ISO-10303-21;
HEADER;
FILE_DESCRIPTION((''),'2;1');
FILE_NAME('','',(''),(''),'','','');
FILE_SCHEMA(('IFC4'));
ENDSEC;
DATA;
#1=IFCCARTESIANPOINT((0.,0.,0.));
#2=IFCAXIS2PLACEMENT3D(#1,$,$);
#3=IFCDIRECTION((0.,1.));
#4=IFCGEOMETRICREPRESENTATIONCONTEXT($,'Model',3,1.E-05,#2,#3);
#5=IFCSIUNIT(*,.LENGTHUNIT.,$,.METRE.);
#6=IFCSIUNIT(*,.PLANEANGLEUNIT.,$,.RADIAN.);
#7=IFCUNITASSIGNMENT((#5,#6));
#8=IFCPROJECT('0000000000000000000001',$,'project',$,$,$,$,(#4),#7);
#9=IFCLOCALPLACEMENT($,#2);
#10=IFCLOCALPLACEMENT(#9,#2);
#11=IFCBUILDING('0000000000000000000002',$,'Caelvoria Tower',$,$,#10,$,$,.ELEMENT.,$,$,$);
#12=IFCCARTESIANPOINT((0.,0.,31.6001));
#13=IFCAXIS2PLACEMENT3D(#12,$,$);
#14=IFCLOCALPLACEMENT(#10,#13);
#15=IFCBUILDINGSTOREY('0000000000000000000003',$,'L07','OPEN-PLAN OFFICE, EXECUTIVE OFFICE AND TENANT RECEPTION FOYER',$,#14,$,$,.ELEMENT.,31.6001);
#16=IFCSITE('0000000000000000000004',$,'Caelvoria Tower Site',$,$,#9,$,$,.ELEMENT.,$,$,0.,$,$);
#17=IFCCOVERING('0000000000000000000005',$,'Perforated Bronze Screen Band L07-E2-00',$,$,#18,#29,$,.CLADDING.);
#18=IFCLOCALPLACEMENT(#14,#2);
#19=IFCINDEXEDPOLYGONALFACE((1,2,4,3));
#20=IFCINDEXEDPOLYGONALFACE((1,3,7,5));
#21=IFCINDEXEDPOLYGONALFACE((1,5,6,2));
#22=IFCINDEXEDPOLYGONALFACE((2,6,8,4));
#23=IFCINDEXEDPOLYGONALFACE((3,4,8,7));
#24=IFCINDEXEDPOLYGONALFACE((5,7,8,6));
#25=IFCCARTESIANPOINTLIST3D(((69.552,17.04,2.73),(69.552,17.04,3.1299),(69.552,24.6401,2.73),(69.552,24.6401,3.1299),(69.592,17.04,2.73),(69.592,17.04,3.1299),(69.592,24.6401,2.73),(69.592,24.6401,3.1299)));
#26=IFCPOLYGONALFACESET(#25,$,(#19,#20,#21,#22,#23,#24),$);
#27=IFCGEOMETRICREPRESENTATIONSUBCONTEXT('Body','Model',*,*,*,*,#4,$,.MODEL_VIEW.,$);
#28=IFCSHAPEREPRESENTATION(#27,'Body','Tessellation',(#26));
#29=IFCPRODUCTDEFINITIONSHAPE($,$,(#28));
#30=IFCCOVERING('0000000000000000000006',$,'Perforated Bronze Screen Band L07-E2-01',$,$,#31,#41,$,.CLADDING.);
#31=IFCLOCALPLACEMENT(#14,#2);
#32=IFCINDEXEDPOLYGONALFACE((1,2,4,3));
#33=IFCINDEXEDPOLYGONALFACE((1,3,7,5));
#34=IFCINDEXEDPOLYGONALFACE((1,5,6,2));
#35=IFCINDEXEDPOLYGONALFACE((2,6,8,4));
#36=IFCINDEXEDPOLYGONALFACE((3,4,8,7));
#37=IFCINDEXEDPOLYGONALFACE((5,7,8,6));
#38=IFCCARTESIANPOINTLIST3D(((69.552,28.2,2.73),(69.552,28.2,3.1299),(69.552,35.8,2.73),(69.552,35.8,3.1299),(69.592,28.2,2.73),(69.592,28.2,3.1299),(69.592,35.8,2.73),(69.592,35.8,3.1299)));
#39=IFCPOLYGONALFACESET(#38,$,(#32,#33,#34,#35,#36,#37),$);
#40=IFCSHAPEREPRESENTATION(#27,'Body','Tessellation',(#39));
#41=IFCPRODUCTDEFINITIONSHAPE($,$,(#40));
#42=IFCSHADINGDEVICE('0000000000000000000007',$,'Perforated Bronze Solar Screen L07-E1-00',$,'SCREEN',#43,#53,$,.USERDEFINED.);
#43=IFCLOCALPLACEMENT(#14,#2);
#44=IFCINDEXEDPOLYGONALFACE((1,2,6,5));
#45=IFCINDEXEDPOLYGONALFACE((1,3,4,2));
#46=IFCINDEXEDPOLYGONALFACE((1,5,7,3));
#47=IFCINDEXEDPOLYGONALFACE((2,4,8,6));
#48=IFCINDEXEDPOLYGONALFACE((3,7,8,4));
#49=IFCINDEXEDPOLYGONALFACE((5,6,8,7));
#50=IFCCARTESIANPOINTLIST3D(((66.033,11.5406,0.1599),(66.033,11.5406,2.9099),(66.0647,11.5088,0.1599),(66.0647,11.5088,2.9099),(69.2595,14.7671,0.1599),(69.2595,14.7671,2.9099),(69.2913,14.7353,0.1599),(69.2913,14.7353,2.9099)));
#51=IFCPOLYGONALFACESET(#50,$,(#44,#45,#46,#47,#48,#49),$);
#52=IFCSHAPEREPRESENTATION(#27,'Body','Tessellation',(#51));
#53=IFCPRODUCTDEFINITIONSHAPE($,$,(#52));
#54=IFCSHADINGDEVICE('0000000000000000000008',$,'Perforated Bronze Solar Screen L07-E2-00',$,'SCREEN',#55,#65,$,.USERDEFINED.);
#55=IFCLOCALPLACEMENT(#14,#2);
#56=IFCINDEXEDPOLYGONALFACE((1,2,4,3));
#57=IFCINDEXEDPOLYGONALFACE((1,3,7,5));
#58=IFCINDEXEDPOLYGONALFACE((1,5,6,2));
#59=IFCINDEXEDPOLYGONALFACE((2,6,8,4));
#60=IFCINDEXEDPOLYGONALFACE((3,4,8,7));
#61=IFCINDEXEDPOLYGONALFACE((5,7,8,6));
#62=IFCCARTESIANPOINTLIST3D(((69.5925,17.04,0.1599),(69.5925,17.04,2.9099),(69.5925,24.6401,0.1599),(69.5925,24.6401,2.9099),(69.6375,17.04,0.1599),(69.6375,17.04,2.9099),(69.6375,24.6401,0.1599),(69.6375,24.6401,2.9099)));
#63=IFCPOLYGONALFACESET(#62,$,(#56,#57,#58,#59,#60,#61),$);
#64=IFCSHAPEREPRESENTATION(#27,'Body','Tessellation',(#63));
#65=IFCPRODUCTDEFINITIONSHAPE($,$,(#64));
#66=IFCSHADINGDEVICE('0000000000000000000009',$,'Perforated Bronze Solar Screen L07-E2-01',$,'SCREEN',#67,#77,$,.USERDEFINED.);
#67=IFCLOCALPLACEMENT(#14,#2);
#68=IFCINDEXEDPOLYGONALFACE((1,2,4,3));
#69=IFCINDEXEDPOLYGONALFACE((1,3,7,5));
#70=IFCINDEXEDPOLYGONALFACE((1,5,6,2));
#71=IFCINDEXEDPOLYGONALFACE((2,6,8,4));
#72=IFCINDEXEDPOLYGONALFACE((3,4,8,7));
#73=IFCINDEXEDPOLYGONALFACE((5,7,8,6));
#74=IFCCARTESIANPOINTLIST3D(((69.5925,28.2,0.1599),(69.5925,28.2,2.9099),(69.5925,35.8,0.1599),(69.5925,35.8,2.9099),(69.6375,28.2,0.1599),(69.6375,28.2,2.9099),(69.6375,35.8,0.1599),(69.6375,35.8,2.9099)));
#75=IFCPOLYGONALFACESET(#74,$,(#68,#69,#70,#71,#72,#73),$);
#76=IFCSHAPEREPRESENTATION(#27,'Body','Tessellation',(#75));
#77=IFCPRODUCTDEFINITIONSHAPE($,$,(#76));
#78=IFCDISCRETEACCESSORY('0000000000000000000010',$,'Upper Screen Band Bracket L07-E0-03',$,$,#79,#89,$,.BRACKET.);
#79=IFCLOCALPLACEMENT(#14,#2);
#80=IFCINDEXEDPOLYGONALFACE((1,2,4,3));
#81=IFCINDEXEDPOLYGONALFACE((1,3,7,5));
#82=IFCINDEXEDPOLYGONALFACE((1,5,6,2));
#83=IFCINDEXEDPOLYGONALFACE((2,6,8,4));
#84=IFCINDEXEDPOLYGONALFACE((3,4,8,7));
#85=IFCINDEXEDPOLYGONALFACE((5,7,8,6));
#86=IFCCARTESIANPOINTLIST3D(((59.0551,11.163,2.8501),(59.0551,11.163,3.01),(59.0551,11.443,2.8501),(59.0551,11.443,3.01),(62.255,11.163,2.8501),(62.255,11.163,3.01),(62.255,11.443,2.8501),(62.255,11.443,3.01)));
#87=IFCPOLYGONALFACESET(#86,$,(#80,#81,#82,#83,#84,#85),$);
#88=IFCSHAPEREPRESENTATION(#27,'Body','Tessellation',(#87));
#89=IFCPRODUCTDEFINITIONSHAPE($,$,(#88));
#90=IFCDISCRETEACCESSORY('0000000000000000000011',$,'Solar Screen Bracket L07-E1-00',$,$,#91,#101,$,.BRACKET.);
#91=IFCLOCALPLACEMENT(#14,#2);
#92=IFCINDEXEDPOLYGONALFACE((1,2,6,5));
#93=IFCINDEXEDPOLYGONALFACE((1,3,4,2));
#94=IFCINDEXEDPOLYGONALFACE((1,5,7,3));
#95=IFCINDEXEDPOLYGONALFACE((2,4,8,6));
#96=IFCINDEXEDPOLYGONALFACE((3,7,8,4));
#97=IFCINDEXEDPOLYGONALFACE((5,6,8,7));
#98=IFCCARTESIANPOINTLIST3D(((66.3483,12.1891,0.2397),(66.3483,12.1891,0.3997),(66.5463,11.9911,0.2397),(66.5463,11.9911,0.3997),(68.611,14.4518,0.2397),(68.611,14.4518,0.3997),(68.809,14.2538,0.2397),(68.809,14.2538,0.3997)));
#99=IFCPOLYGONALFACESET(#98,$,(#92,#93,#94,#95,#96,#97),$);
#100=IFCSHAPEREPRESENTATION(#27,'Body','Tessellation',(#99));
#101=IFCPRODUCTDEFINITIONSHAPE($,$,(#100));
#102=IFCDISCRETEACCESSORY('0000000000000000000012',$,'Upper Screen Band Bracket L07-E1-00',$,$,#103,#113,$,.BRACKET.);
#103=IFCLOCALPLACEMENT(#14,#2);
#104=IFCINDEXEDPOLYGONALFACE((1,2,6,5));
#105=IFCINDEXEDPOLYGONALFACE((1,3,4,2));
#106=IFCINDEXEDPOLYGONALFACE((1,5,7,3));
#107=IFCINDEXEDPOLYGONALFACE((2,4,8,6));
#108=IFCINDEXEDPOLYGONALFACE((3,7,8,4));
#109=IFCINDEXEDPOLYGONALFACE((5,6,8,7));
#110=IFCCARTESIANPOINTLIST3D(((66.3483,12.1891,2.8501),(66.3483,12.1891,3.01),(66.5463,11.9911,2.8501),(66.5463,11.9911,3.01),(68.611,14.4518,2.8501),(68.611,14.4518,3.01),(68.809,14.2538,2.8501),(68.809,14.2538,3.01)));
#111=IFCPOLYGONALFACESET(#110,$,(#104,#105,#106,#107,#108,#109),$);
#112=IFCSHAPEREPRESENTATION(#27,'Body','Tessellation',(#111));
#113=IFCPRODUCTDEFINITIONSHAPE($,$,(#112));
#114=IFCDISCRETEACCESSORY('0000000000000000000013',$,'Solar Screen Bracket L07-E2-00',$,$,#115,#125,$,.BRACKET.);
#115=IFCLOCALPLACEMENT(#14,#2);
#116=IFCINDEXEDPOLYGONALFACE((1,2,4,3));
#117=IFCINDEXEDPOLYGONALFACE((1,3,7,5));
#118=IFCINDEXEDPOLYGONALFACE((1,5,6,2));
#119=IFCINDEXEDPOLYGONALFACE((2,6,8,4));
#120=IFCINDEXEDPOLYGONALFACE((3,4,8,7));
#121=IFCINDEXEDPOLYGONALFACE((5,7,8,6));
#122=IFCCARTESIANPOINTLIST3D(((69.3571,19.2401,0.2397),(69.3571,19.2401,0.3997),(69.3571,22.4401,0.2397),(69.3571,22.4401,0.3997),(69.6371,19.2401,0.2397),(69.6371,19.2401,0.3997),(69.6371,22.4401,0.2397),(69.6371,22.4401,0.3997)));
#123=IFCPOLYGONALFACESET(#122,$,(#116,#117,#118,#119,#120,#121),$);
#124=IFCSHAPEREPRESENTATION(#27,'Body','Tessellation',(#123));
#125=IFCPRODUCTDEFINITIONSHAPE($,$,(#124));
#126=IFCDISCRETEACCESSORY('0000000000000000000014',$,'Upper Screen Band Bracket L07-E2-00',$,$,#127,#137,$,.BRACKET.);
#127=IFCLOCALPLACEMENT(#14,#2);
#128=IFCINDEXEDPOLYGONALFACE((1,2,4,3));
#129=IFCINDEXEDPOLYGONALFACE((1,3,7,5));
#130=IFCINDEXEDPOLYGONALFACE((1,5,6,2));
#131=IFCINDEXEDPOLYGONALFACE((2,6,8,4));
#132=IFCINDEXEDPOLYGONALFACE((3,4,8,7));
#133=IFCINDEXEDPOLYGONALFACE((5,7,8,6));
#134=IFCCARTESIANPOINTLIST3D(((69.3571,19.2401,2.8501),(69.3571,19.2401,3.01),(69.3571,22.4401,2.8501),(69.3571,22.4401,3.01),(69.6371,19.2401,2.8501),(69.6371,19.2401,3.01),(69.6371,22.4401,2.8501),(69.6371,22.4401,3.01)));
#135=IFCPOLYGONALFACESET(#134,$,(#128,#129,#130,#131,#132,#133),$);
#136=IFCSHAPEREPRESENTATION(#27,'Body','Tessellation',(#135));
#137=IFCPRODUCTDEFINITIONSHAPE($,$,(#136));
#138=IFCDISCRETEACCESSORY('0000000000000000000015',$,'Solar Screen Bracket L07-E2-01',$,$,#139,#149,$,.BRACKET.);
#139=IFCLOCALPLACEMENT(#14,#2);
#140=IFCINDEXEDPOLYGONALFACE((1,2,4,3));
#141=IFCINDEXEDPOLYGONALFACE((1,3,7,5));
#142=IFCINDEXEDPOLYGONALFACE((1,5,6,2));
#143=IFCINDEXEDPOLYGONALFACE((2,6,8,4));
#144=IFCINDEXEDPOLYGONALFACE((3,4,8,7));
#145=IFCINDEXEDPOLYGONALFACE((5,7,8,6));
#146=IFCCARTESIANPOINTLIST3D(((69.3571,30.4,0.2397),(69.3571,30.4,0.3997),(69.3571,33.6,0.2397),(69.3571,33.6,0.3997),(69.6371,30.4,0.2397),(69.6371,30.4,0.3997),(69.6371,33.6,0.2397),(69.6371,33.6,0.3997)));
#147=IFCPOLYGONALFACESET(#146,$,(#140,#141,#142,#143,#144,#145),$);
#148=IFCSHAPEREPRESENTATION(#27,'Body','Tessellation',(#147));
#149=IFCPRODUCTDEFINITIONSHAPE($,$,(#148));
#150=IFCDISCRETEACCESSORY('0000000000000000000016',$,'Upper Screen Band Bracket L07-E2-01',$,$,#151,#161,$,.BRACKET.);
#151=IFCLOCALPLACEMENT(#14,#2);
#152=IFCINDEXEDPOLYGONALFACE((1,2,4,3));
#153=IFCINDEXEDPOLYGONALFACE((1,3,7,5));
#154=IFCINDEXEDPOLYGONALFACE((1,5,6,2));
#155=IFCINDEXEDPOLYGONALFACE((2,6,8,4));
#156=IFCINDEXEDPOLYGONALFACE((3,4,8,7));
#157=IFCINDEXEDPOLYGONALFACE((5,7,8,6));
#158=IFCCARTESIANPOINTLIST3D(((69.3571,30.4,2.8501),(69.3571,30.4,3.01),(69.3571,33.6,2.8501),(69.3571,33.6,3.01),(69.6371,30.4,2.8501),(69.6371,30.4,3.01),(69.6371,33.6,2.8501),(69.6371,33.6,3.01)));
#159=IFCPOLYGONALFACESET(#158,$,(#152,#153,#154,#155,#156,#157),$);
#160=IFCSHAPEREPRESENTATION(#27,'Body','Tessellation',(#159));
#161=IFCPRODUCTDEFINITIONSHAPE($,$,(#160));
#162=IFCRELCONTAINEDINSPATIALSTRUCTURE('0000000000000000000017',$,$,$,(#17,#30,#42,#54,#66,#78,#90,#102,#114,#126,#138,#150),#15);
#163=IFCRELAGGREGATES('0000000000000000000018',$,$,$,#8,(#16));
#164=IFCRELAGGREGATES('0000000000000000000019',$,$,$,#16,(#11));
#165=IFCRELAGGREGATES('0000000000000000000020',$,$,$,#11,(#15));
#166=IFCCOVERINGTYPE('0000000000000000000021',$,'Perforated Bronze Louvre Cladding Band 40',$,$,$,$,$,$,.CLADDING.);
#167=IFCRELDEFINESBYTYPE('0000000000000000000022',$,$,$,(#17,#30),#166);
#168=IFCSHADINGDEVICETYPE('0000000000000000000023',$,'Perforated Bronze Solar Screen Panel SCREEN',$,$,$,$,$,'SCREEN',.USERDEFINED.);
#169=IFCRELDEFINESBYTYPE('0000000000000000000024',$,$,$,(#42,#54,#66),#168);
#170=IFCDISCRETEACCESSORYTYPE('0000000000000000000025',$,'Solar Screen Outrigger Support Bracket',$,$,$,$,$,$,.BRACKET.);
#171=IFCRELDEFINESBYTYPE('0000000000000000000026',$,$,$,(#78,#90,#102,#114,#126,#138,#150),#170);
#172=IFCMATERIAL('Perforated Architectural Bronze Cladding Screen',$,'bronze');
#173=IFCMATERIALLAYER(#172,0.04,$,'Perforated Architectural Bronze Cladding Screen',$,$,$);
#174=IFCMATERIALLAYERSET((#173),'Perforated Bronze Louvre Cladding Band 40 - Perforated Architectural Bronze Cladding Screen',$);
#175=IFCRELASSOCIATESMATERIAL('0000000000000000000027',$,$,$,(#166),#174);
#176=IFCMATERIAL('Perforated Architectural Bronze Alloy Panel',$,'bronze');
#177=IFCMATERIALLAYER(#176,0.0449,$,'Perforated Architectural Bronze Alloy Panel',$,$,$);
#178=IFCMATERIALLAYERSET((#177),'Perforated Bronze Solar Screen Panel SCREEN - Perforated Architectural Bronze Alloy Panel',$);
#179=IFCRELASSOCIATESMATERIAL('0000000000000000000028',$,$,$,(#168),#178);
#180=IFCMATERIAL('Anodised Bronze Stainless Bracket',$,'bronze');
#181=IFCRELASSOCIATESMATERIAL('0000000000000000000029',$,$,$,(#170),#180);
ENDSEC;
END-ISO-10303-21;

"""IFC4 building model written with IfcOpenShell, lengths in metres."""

from ifc_helpers import new_model, si_unit, direction, frame, origin, origin_2d, place, context, subcontext, project, spatial, rectangle, extrude, material, layer, layer_set, type_object, element, save


model = new_model("IFC4")

# Units and contexts
model_context = context("Model", 3, precision=1e-05, world=origin(), true_north=direction((0.0, 1.0)))
body_context = subcontext(model_context, "Body", "Model", "MODEL_VIEW")
ifc_project = project(units=[si_unit("LENGTHUNIT", "METRE"), si_unit("PLANEANGLEUNIT", "RADIAN")], contexts=[model_context])

# Site, building, storey
site_placement = place(None, origin())
site = spatial("IfcSite", under=ifc_project, at=site_placement, Name="Caelvoria Tower Site", CompositionType="ELEMENT", RefElevation=0.0)
building_placement = place(site_placement, origin())
building = spatial("IfcBuilding", under=site, at=building_placement, Name="Caelvoria Tower", CompositionType="ELEMENT")
storey_placement = place(building_placement, frame((0.0, 0.0, 31.6001)))
storey = spatial("IfcBuildingStorey", under=building, at=storey_placement, Name="L07", Description="OPEN-PLAN OFFICE, EXECUTIVE OFFICE AND TENANT RECEPTION FOYER", CompositionType="ELEMENT", Elevation=31.6001)

# Coverings
ifc_material_1 = material(Name="Perforated Architectural Bronze Cladding Screen", Category="bronze")
ifc_layer_1 = layer(ifc_material_1, 0.04, Name="Perforated Architectural Bronze Cladding Screen")
ifc_layer_set_1 = layer_set([ifc_layer_1], Name="Perforated Bronze Louvre Cladding Band 40 - Perforated Architectural Bronze Cladding Screen")
covering_type = type_object("IfcCoveringType", Name="Perforated Bronze Louvre Cladding Band 40", PredefinedType="CLADDING", material=ifc_layer_set_1)
for number, where, z_axis, x_axis, name in (
    (1, (69.572, 20.8401, 2.73), (0.0, 0.0, 1.0), (0.0, 1.0, 0.0), "Perforated Bronze Screen Band L07-E2-00"),
    (2, (69.572, 32.0, 2.73), (0.0, 0.0, 1.0), (0.0, 1.0, 0.0), "Perforated Bronze Screen Band L07-E2-01"),
):
    element("IfcCovering", number, at=place(storey_placement, frame(where, z_axis=z_axis, x_axis=x_axis)), inside=storey, type_object=covering_type, Name=name, PredefinedType="CLADDING", context=body_context, shape_type="SweptSolid", body=[
        extrude(rectangle(XDim=7.6001, YDim=0.04, at=origin_2d()), origin(), (0.0, 0.0, 1.0), 0.3999),
    ])

# Shading devices
ifc_material_2 = material(Name="Perforated Architectural Bronze Alloy Panel", Category="bronze")
ifc_layer_2 = layer(ifc_material_2, 0.0449, Name="Perforated Architectural Bronze Alloy Panel")
ifc_layer_set_2 = layer_set([ifc_layer_2], Name="Perforated Bronze Solar Screen Panel SCREEN - Perforated Architectural Bronze Alloy Panel")
shading_device_type = type_object("IfcShadingDeviceType", Name="Perforated Bronze Solar Screen Panel SCREEN", ElementType="SCREEN", PredefinedType="USERDEFINED", material=ifc_layer_set_2)
shading_device_placement = place(storey_placement, frame((67.6621, 13.1379, 0.1599), z_axis=(0.0, 0.0, 1.0), x_axis=(0.707107, 0.707107, 0.0)))
element("IfcShadingDevice", 3, at=shading_device_placement, inside=storey, type_object=shading_device_type, Name="Perforated Bronze Solar Screen L07-E1-00", ObjectType="SCREEN", PredefinedType="USERDEFINED", context=body_context, shape_type="SweptSolid", body=[
    extrude(rectangle(XDim=4.563, YDim=0.0449, at=origin_2d()), origin(), (0.0, 0.0, 1.0), 2.75),
])
for number, where, z_axis, x_axis, name in (
    (4, (69.615, 20.8401, 0.1599), (0.0, 0.0, 1.0), (0.0, 1.0, 0.0), "Perforated Bronze Solar Screen L07-E2-00"),
    (5, (69.615, 32.0, 0.1599), (0.0, 0.0, 1.0), (0.0, 1.0, 0.0), "Perforated Bronze Solar Screen L07-E2-01"),
):
    element("IfcShadingDevice", number, at=place(storey_placement, frame(where, z_axis=z_axis, x_axis=x_axis)), inside=storey, type_object=shading_device_type, Name=name, ObjectType="SCREEN", PredefinedType="USERDEFINED", context=body_context, shape_type="SweptSolid", body=[
        extrude(rectangle(XDim=7.6001, YDim=0.0449, at=origin_2d()), origin(), (0.0, 0.0, 1.0), 2.75),
    ])

# Discrete accessories
ifc_material_3 = material(Name="Anodised Bronze Stainless Bracket", Category="bronze")
discrete_accessory_type = type_object("IfcDiscreteAccessoryType", Name="Solar Screen Outrigger Support Bracket", PredefinedType="BRACKET", material=ifc_material_3)
for number, where, z_axis, x_axis, name in (
    (6, (60.655, 11.303, 2.8501), (0.0, 0.0, 1.0), (1.0, 0.0, 0.0), "Upper Screen Band Bracket L07-E0-03"),
    (7, (67.5786, 13.2214, 0.2397), (0.0, 0.0, 1.0), (0.707107, 0.707107, 0.0), "Solar Screen Bracket L07-E1-00"),
    (8, (67.5786, 13.2214, 2.8501), (0.0, 0.0, 1.0), (0.707107, 0.707107, 0.0), "Upper Screen Band Bracket L07-E1-00"),
    (9, (69.4971, 20.8401, 0.2397), (0.0, 0.0, 1.0), (0.0, 1.0, 0.0), "Solar Screen Bracket L07-E2-00"),
    (10, (69.4971, 20.8401, 2.8501), (0.0, 0.0, 1.0), (0.0, 1.0, 0.0), "Upper Screen Band Bracket L07-E2-00"),
    (11, (69.4971, 32.0, 0.2397), (0.0, 0.0, 1.0), (0.0, 1.0, 0.0), "Solar Screen Bracket L07-E2-01"),
    (12, (69.4971, 32.0, 2.8501), (0.0, 0.0, 1.0), (0.0, 1.0, 0.0), "Upper Screen Band Bracket L07-E2-01"),
):
    element("IfcDiscreteAccessory", number, at=place(storey_placement, frame(where, z_axis=z_axis, x_axis=x_axis)), inside=storey, type_object=discrete_accessory_type, Name=name, PredefinedType="BRACKET", context=body_context, shape_type="SweptSolid", body=[
        extrude(rectangle(XDim=3.2, YDim=0.28, at=origin_2d()), origin(), (0.0, 0.0, 1.0), 0.1599),
    ])

save(model, "model.ifc")
